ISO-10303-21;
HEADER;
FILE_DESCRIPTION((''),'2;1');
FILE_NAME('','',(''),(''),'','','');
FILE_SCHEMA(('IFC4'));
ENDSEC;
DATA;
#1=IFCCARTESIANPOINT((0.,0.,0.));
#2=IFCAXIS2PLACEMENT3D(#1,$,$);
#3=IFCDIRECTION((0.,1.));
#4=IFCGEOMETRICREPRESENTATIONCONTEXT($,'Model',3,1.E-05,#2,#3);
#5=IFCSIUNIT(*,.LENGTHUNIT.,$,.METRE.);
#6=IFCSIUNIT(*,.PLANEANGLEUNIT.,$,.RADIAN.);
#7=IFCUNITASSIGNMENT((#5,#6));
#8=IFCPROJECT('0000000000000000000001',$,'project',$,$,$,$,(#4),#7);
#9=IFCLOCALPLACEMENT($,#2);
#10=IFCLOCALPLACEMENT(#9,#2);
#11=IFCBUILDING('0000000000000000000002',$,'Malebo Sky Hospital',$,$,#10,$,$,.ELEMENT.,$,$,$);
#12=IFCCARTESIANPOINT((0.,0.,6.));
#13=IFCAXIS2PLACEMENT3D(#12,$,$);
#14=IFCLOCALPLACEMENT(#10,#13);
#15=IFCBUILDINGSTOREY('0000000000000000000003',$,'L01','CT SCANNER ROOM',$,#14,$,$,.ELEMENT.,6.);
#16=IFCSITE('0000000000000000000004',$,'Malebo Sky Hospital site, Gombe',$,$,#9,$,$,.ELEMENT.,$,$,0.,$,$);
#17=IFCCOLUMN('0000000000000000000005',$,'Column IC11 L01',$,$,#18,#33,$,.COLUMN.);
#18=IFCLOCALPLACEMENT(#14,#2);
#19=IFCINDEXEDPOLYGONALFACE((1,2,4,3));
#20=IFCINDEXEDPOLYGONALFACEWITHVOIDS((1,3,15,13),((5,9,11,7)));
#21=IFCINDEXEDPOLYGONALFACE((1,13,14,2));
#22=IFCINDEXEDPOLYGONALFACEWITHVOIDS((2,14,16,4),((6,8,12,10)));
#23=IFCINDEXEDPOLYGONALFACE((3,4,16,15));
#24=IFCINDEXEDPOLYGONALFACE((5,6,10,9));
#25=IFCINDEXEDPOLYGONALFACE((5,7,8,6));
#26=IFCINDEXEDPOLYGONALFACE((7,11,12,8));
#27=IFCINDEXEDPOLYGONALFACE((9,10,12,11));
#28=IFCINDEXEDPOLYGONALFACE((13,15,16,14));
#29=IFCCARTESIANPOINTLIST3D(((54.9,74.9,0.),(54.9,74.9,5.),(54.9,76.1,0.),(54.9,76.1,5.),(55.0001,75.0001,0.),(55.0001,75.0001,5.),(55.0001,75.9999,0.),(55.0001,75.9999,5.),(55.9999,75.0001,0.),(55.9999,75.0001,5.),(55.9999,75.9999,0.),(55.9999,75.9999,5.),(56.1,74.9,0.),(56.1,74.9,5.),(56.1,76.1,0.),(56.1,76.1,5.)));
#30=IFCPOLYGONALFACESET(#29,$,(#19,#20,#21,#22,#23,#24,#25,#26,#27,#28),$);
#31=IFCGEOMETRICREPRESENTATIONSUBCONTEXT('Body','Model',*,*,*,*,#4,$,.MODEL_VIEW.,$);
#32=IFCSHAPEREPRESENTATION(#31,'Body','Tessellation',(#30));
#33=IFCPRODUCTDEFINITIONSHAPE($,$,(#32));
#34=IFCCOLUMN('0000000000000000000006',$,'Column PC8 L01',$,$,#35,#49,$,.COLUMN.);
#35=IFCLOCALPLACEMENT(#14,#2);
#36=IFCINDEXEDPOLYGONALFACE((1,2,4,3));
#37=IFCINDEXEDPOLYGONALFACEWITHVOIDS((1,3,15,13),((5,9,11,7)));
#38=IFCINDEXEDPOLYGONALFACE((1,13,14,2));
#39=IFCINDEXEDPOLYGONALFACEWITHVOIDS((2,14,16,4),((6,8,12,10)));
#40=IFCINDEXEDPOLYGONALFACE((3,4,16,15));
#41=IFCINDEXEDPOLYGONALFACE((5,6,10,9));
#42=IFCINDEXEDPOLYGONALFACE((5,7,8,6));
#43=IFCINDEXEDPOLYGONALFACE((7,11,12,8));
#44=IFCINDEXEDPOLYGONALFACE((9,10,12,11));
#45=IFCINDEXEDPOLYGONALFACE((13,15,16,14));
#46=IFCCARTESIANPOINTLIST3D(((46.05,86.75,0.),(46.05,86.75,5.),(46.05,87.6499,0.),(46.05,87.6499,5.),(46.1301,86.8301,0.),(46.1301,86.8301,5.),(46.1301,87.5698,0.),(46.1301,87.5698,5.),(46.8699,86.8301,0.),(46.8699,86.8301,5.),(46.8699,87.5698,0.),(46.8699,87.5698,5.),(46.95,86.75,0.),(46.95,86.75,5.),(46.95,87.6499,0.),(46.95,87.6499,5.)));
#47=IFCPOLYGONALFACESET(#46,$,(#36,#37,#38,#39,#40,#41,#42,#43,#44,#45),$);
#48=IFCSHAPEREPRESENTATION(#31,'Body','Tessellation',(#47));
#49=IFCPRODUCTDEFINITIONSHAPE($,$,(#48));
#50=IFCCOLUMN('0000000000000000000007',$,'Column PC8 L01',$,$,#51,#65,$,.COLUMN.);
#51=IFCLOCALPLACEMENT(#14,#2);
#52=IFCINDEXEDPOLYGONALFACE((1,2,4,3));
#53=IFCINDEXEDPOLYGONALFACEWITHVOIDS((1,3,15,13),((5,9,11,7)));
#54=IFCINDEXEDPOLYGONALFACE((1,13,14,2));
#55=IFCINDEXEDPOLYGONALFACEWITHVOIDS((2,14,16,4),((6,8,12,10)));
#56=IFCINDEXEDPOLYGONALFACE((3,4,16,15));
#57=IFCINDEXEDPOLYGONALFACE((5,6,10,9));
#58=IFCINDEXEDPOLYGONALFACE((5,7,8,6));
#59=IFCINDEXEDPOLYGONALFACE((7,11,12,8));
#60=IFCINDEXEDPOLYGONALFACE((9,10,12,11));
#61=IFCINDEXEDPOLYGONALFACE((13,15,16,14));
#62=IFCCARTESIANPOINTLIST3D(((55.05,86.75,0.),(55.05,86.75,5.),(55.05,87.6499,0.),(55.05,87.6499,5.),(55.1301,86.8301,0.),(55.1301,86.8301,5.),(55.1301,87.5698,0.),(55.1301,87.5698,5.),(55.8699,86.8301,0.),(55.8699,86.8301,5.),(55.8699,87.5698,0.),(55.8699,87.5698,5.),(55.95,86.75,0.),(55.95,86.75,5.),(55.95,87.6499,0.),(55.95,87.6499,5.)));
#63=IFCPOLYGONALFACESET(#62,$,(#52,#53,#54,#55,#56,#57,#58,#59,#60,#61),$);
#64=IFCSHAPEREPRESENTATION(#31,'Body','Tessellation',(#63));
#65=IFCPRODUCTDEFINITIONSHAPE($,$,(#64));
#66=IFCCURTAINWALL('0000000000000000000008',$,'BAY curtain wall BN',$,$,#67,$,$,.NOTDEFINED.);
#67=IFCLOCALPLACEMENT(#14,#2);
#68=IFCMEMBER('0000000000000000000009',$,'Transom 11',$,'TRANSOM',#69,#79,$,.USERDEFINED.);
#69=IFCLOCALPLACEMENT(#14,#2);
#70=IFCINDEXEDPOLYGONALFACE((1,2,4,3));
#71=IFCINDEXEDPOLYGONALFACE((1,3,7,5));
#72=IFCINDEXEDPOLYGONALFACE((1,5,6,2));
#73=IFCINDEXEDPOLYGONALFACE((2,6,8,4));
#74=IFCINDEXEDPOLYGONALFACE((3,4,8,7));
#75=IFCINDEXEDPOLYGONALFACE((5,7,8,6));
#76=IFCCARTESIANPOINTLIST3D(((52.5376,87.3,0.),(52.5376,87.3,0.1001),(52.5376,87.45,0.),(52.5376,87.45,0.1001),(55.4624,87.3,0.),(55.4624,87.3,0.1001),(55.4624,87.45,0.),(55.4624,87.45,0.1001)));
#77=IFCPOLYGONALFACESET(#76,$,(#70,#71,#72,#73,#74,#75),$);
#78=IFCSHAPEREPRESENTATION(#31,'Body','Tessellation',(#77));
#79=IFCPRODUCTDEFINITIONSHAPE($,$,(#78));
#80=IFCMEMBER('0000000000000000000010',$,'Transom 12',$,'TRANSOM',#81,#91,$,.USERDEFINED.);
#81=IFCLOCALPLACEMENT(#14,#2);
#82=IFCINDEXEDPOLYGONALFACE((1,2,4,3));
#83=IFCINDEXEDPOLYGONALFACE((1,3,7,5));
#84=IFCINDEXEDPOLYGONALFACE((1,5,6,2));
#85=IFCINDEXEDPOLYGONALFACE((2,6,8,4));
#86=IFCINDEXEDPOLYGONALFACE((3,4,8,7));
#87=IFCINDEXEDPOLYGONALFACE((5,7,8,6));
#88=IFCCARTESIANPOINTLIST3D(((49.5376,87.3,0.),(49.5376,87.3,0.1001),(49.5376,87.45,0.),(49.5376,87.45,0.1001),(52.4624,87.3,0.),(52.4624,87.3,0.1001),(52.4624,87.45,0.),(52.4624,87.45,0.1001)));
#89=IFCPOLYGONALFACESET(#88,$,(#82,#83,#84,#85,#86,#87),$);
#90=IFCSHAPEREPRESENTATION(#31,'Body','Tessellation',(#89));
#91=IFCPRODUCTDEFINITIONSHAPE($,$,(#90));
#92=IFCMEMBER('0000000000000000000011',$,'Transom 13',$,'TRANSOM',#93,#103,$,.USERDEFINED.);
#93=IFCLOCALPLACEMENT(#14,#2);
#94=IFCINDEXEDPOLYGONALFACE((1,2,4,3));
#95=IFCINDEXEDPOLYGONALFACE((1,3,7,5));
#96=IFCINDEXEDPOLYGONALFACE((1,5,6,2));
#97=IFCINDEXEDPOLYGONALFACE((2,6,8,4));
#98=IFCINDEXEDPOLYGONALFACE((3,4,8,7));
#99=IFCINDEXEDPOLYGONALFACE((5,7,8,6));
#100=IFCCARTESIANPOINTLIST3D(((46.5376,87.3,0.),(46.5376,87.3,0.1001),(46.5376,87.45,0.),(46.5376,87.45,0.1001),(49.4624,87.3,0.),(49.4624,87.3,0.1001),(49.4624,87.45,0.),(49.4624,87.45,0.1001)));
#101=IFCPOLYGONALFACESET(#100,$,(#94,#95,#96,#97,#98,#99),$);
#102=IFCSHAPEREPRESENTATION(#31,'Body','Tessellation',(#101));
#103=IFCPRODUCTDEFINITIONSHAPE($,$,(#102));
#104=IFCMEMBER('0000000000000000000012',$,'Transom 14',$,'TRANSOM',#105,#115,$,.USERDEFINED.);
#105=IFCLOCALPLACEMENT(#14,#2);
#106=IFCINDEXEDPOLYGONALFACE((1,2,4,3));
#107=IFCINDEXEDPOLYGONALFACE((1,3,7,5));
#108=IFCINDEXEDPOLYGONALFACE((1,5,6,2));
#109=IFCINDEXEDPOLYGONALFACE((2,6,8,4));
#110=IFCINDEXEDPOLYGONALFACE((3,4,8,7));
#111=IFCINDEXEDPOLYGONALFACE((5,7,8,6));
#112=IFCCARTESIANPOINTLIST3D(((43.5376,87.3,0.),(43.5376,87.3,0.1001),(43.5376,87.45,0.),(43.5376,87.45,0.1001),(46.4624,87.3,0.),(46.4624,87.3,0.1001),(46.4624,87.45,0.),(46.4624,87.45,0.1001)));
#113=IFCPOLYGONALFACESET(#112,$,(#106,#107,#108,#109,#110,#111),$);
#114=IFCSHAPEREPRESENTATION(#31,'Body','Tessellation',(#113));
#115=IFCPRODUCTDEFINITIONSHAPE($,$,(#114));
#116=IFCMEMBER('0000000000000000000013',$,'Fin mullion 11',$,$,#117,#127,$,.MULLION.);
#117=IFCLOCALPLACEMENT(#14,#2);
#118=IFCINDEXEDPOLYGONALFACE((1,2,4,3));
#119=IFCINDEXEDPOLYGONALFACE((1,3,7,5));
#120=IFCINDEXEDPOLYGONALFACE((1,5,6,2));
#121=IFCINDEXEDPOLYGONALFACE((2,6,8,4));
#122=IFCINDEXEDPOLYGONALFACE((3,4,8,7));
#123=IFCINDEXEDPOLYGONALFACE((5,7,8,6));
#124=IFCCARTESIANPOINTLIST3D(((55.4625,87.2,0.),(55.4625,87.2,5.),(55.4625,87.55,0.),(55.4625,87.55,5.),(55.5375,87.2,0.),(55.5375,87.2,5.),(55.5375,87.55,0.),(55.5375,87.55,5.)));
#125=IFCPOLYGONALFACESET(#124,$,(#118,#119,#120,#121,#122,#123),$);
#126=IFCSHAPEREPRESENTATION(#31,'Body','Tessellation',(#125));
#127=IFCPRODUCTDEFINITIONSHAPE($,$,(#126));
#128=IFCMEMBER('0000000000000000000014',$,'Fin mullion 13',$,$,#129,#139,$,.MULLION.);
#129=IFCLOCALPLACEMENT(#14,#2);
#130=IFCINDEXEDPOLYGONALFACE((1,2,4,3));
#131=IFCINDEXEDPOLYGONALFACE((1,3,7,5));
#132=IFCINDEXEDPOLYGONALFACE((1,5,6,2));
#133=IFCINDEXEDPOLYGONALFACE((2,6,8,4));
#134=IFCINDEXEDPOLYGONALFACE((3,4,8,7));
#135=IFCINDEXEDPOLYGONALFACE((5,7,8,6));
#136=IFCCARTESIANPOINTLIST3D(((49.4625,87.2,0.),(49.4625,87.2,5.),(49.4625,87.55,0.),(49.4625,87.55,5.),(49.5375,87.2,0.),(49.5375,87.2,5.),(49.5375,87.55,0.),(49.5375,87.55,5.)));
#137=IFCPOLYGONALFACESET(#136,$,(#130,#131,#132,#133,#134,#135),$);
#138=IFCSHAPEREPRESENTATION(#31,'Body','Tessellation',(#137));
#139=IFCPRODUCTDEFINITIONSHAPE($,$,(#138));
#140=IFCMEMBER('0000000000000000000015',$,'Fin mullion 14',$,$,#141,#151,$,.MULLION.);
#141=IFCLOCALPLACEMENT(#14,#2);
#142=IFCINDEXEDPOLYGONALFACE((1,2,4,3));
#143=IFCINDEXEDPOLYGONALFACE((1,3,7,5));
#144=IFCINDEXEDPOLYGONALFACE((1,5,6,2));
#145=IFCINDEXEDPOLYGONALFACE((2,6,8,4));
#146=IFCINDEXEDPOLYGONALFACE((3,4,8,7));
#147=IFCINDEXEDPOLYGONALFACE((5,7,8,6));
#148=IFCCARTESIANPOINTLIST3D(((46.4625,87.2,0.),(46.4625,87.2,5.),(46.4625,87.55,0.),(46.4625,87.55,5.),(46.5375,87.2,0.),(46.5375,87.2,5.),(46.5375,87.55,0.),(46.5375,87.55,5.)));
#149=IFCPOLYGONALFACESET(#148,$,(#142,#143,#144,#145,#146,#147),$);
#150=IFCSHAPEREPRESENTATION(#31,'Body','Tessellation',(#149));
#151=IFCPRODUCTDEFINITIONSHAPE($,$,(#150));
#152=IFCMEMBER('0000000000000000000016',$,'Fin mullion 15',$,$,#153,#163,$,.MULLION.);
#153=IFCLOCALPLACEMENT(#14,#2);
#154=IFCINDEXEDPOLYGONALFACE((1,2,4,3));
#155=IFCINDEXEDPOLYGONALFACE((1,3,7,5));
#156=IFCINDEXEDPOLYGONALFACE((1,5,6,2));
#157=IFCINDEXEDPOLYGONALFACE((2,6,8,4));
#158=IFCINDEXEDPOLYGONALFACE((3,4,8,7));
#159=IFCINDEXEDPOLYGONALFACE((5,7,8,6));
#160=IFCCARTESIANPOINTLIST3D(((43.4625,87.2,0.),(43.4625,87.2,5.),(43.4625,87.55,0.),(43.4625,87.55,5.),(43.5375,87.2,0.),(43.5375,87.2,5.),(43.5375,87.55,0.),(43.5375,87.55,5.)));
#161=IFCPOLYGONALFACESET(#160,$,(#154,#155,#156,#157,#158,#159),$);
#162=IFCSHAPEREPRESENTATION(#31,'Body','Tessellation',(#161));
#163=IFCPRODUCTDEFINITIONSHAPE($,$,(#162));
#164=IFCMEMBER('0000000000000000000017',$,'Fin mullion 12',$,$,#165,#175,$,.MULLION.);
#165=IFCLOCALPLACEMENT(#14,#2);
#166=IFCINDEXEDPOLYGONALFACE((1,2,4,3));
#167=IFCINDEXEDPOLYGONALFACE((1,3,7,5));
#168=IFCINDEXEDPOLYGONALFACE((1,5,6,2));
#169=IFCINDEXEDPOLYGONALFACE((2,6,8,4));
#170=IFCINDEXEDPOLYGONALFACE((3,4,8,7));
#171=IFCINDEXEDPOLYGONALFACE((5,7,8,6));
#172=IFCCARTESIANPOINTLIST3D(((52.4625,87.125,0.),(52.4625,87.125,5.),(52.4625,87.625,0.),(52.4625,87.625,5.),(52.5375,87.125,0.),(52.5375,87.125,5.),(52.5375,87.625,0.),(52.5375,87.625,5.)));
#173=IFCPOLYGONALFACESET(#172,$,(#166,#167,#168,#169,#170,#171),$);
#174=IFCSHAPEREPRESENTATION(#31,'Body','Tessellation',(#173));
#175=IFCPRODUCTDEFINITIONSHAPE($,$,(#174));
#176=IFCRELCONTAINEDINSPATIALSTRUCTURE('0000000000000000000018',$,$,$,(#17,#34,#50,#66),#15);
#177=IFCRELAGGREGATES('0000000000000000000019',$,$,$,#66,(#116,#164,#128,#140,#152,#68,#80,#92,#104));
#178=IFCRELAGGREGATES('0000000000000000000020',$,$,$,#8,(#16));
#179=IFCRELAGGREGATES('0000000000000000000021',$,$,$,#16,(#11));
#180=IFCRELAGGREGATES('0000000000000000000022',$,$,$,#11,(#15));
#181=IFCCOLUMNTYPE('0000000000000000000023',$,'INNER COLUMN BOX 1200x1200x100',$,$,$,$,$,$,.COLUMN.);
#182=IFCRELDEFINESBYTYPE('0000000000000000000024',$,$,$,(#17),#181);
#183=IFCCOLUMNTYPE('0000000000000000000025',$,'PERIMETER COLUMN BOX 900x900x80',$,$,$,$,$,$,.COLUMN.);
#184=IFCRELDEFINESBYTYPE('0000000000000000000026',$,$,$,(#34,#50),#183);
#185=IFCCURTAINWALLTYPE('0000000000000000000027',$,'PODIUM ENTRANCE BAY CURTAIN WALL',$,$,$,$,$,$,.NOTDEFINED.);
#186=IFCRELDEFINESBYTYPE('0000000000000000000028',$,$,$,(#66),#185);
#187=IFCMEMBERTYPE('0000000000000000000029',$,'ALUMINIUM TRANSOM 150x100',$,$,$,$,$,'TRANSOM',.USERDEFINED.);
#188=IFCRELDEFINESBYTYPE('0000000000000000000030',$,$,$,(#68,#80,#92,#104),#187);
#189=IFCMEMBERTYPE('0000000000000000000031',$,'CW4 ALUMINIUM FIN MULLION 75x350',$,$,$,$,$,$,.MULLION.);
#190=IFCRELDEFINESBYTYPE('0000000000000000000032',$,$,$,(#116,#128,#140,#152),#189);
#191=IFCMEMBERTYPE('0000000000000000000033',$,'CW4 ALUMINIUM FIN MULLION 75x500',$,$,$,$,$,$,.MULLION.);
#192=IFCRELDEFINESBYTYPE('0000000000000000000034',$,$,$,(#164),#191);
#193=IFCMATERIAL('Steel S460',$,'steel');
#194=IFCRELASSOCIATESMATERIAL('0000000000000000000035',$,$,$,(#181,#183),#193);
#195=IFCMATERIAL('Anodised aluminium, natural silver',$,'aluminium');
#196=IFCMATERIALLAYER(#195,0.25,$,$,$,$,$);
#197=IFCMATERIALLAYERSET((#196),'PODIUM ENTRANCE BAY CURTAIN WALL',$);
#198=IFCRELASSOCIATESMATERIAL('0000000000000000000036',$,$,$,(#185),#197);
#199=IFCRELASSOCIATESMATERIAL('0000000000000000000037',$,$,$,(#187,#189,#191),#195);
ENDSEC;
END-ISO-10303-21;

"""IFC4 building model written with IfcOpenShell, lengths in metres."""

from ifc_helpers import new_model, si_unit, direction, frame, origin, origin_2d, place, context, subcontext, project, spatial, rectangle, hollow_rectangle, extrude, material, layer, layer_set, material_profile, profile_set, type_object, element, aggregate, save


model = new_model("IFC4")

# Units and contexts
model_context = context("Model", 3, precision=1e-05, world=origin(), true_north=direction((0.0, 1.0)))
body_context = subcontext(model_context, "Body", "Model", "MODEL_VIEW")
ifc_project = project(units=[si_unit("LENGTHUNIT", "METRE"), si_unit("PLANEANGLEUNIT", "RADIAN")], contexts=[model_context])

# Site, building, storey
site_placement = place(None, origin())
site = spatial("IfcSite", under=ifc_project, at=site_placement, Name="Malebo Sky Hospital site, Gombe", CompositionType="ELEMENT", RefElevation=0.0)
building_placement = place(site_placement, origin())
building = spatial("IfcBuilding", under=site, at=building_placement, Name="Malebo Sky Hospital", CompositionType="ELEMENT")
storey_placement = place(building_placement, frame((0.0, 0.0, 6.0)))
storey = spatial("IfcBuildingStorey", under=building, at=storey_placement, Name="L01", Description="CT SCANNER ROOM", CompositionType="ELEMENT", Elevation=6.0)

# Columns
ifc_material_1 = material(Name="Steel S460", Category="steel")
ifc_material_profile_1 = material_profile(ifc_material_1, hollow_rectangle(XDim=1.2, YDim=1.2, WallThickness=0.1001, at=origin_2d()), Name="BOX 1200x1200x100")
ifc_profile_set_1 = profile_set([ifc_material_profile_1], Name="Steel S460")
column_type_1 = type_object("IfcColumnType", Name="INNER COLUMN BOX 1200x1200x100", PredefinedType="COLUMN", material=ifc_profile_set_1)
column_placement = place(storey_placement, frame((55.5, 75.5, 0.0), z_axis=(0.0, 0.0, 1.0), x_axis=(1.0, 0.0, 0.0)))
element("IfcColumn", 1, at=column_placement, inside=storey, type_object=column_type_1, Name="Column IC11 L01", PredefinedType="COLUMN", context=body_context, shape_type="SweptSolid", body=[
    extrude(hollow_rectangle(XDim=1.2, YDim=1.2, WallThickness=0.1001, at=origin_2d()), origin(), (0.0, 0.0, 1.0), 5.0),
])
ifc_material_profile_2 = material_profile(ifc_material_1, hollow_rectangle(XDim=0.8999, YDim=0.8999, WallThickness=0.0801, at=origin_2d()), Name="BOX 900x900x80")
ifc_profile_set_2 = profile_set([ifc_material_profile_2], Name="Steel S460")
column_type_2 = type_object("IfcColumnType", Name="PERIMETER COLUMN BOX 900x900x80", PredefinedType="COLUMN", material=ifc_profile_set_2)
for number, where, z_axis, x_axis, name in (
    (2, (46.5, 87.2, 0.0), (0.0, 0.0, 1.0), (1.0, 0.0, 0.0), "Column PC8 L01"),
    (3, (55.5, 87.2, 0.0), (0.0, 0.0, 1.0), (1.0, 0.0, 0.0), "Column PC8 L01"),
):
    element("IfcColumn", number, at=place(storey_placement, frame(where, z_axis=z_axis, x_axis=x_axis)), inside=storey, type_object=column_type_2, Name=name, PredefinedType="COLUMN", context=body_context, shape_type="SweptSolid", body=[
        extrude(hollow_rectangle(XDim=0.8999, YDim=0.8999, WallThickness=0.0801, at=origin_2d()), origin(), (0.0, 0.0, 1.0), 5.0),
    ])

# Curtain wall, members
ifc_material_2 = material(Name="Anodised aluminium, natural silver", Category="aluminium")
ifc_layer_1 = layer(ifc_material_2, 0.25)
ifc_layer_set_1 = layer_set([ifc_layer_1], Name="PODIUM ENTRANCE BAY CURTAIN WALL")
curtain_wall_type = type_object("IfcCurtainWallType", Name="PODIUM ENTRANCE BAY CURTAIN WALL", PredefinedType="NOTDEFINED", material=ifc_layer_set_1)
curtain_wall_placement = place(storey_placement, origin())
curtain_wall = element("IfcCurtainWall", 4, at=curtain_wall_placement, inside=storey, type_object=curtain_wall_type, Name="BAY curtain wall BN", PredefinedType="NOTDEFINED")
ifc_material_profile_3 = material_profile(ifc_material_2, rectangle(XDim=0.1499, YDim=0.1001, at=origin_2d()), Name="ALUMINIUM TRANSOM 150x100")
ifc_profile_set_3 = profile_set([ifc_material_profile_3], Name="Anodised aluminium, natural silver")
member_type_1 = type_object("IfcMemberType", Name="ALUMINIUM TRANSOM 150x100", ElementType="TRANSOM", PredefinedType="USERDEFINED", material=ifc_profile_set_3)
member_1_placement = place(storey_placement, frame((55.4624, 87.375, 0.05), z_axis=(-1.0, 0.0, 0.0), x_axis=(0.0, -1.0, 0.0)))
member_1 = element("IfcMember", 5, at=member_1_placement, type_object=member_type_1, Name="Transom 11", ObjectType="TRANSOM", PredefinedType="USERDEFINED", context=body_context, shape_type="SweptSolid", body=[
    extrude(rectangle(XDim=0.1499, YDim=0.1001, at=origin_2d()), origin(), (0.0, 0.0, 1.0), 2.9248),
])
member_2_placement = place(storey_placement, frame((52.4624, 87.375, 0.05), z_axis=(-1.0, 0.0, 0.0), x_axis=(0.0, -1.0, 0.0)))
member_2 = element("IfcMember", 6, at=member_2_placement, type_object=member_type_1, Name="Transom 12", ObjectType="TRANSOM", PredefinedType="USERDEFINED", context=body_context, shape_type="SweptSolid", body=[
    extrude(rectangle(XDim=0.1499, YDim=0.1001, at=origin_2d()), origin(), (0.0, 0.0, 1.0), 2.9248),
])
member_3_placement = place(storey_placement, frame((49.4624, 87.375, 0.05), z_axis=(-1.0, 0.0, 0.0), x_axis=(0.0, -1.0, 0.0)))
member_3 = element("IfcMember", 7, at=member_3_placement, type_object=member_type_1, Name="Transom 13", ObjectType="TRANSOM", PredefinedType="USERDEFINED", context=body_context, shape_type="SweptSolid", body=[
    extrude(rectangle(XDim=0.1499, YDim=0.1001, at=origin_2d()), origin(), (0.0, 0.0, 1.0), 2.9248),
])
member_4_placement = place(storey_placement, frame((46.4624, 87.375, 0.05), z_axis=(-1.0, 0.0, 0.0), x_axis=(0.0, -1.0, 0.0)))
member_4 = element("IfcMember", 8, at=member_4_placement, type_object=member_type_1, Name="Transom 14", ObjectType="TRANSOM", PredefinedType="USERDEFINED", context=body_context, shape_type="SweptSolid", body=[
    extrude(rectangle(XDim=0.1499, YDim=0.1001, at=origin_2d()), origin(), (0.0, 0.0, 1.0), 2.9248),
])
ifc_material_profile_4 = material_profile(ifc_material_2, rectangle(XDim=0.075, YDim=0.3501, at=origin_2d()), Name="CW4 ALUMINIUM FIN MULLION 75x350")
ifc_profile_set_4 = profile_set([ifc_material_profile_4], Name="Anodised aluminium, natural silver")
member_type_2 = type_object("IfcMemberType", Name="CW4 ALUMINIUM FIN MULLION 75x350", PredefinedType="MULLION", material=ifc_profile_set_4)
member_5_placement = place(storey_placement, frame((55.5, 87.375, 0.0), z_axis=(0.0, 0.0, 1.0), x_axis=(-1.0, 0.0, 0.0)))
member_5 = element("IfcMember", 9, at=member_5_placement, type_object=member_type_2, Name="Fin mullion 11", PredefinedType="MULLION", context=body_context, shape_type="SweptSolid", body=[
    extrude(rectangle(XDim=0.075, YDim=0.3501, at=origin_2d()), origin(), (0.0, 0.0, 1.0), 5.0),
])
member_6_placement = place(storey_placement, frame((49.5, 87.375, 0.0), z_axis=(0.0, 0.0, 1.0), x_axis=(-1.0, 0.0, 0.0)))
member_6 = element("IfcMember", 10, at=member_6_placement, type_object=member_type_2, Name="Fin mullion 13", PredefinedType="MULLION", context=body_context, shape_type="SweptSolid", body=[
    extrude(rectangle(XDim=0.075, YDim=0.3501, at=origin_2d()), origin(), (0.0, 0.0, 1.0), 5.0),
])
member_7_placement = place(storey_placement, frame((46.5, 87.375, 0.0), z_axis=(0.0, 0.0, 1.0), x_axis=(-1.0, 0.0, 0.0)))
member_7 = element("IfcMember", 11, at=member_7_placement, type_object=member_type_2, Name="Fin mullion 14", PredefinedType="MULLION", context=body_context, shape_type="SweptSolid", body=[
    extrude(rectangle(XDim=0.075, YDim=0.3501, at=origin_2d()), origin(), (0.0, 0.0, 1.0), 5.0),
])
member_8_placement = place(storey_placement, frame((43.5, 87.375, 0.0), z_axis=(0.0, 0.0, 1.0), x_axis=(-1.0, 0.0, 0.0)))
member_8 = element("IfcMember", 12, at=member_8_placement, type_object=member_type_2, Name="Fin mullion 15", PredefinedType="MULLION", context=body_context, shape_type="SweptSolid", body=[
    extrude(rectangle(XDim=0.075, YDim=0.3501, at=origin_2d()), origin(), (0.0, 0.0, 1.0), 5.0),
])
ifc_material_profile_5 = material_profile(ifc_material_2, rectangle(XDim=0.075, YDim=0.5, at=origin_2d()), Name="CW4 ALUMINIUM FIN MULLION 75x500")
ifc_profile_set_5 = profile_set([ifc_material_profile_5], Name="Anodised aluminium, natural silver")
member_type_3 = type_object("IfcMemberType", Name="CW4 ALUMINIUM FIN MULLION 75x500", PredefinedType="MULLION", material=ifc_profile_set_5)
member_9_placement = place(storey_placement, frame((52.5, 87.375, 0.0), z_axis=(0.0, 0.0, 1.0), x_axis=(-1.0, 0.0, 0.0)))
member_9 = element("IfcMember", 13, at=member_9_placement, type_object=member_type_3, Name="Fin mullion 12", PredefinedType="MULLION", context=body_context, shape_type="SweptSolid", body=[
    extrude(rectangle(XDim=0.075, YDim=0.5, at=origin_2d()), origin(), (0.0, 0.0, 1.0), 5.0),
])

aggregate(curtain_wall, [member_5, member_9, member_6, member_7, member_8, member_1, member_2, member_3, member_4])

save(model, "model.ifc")
